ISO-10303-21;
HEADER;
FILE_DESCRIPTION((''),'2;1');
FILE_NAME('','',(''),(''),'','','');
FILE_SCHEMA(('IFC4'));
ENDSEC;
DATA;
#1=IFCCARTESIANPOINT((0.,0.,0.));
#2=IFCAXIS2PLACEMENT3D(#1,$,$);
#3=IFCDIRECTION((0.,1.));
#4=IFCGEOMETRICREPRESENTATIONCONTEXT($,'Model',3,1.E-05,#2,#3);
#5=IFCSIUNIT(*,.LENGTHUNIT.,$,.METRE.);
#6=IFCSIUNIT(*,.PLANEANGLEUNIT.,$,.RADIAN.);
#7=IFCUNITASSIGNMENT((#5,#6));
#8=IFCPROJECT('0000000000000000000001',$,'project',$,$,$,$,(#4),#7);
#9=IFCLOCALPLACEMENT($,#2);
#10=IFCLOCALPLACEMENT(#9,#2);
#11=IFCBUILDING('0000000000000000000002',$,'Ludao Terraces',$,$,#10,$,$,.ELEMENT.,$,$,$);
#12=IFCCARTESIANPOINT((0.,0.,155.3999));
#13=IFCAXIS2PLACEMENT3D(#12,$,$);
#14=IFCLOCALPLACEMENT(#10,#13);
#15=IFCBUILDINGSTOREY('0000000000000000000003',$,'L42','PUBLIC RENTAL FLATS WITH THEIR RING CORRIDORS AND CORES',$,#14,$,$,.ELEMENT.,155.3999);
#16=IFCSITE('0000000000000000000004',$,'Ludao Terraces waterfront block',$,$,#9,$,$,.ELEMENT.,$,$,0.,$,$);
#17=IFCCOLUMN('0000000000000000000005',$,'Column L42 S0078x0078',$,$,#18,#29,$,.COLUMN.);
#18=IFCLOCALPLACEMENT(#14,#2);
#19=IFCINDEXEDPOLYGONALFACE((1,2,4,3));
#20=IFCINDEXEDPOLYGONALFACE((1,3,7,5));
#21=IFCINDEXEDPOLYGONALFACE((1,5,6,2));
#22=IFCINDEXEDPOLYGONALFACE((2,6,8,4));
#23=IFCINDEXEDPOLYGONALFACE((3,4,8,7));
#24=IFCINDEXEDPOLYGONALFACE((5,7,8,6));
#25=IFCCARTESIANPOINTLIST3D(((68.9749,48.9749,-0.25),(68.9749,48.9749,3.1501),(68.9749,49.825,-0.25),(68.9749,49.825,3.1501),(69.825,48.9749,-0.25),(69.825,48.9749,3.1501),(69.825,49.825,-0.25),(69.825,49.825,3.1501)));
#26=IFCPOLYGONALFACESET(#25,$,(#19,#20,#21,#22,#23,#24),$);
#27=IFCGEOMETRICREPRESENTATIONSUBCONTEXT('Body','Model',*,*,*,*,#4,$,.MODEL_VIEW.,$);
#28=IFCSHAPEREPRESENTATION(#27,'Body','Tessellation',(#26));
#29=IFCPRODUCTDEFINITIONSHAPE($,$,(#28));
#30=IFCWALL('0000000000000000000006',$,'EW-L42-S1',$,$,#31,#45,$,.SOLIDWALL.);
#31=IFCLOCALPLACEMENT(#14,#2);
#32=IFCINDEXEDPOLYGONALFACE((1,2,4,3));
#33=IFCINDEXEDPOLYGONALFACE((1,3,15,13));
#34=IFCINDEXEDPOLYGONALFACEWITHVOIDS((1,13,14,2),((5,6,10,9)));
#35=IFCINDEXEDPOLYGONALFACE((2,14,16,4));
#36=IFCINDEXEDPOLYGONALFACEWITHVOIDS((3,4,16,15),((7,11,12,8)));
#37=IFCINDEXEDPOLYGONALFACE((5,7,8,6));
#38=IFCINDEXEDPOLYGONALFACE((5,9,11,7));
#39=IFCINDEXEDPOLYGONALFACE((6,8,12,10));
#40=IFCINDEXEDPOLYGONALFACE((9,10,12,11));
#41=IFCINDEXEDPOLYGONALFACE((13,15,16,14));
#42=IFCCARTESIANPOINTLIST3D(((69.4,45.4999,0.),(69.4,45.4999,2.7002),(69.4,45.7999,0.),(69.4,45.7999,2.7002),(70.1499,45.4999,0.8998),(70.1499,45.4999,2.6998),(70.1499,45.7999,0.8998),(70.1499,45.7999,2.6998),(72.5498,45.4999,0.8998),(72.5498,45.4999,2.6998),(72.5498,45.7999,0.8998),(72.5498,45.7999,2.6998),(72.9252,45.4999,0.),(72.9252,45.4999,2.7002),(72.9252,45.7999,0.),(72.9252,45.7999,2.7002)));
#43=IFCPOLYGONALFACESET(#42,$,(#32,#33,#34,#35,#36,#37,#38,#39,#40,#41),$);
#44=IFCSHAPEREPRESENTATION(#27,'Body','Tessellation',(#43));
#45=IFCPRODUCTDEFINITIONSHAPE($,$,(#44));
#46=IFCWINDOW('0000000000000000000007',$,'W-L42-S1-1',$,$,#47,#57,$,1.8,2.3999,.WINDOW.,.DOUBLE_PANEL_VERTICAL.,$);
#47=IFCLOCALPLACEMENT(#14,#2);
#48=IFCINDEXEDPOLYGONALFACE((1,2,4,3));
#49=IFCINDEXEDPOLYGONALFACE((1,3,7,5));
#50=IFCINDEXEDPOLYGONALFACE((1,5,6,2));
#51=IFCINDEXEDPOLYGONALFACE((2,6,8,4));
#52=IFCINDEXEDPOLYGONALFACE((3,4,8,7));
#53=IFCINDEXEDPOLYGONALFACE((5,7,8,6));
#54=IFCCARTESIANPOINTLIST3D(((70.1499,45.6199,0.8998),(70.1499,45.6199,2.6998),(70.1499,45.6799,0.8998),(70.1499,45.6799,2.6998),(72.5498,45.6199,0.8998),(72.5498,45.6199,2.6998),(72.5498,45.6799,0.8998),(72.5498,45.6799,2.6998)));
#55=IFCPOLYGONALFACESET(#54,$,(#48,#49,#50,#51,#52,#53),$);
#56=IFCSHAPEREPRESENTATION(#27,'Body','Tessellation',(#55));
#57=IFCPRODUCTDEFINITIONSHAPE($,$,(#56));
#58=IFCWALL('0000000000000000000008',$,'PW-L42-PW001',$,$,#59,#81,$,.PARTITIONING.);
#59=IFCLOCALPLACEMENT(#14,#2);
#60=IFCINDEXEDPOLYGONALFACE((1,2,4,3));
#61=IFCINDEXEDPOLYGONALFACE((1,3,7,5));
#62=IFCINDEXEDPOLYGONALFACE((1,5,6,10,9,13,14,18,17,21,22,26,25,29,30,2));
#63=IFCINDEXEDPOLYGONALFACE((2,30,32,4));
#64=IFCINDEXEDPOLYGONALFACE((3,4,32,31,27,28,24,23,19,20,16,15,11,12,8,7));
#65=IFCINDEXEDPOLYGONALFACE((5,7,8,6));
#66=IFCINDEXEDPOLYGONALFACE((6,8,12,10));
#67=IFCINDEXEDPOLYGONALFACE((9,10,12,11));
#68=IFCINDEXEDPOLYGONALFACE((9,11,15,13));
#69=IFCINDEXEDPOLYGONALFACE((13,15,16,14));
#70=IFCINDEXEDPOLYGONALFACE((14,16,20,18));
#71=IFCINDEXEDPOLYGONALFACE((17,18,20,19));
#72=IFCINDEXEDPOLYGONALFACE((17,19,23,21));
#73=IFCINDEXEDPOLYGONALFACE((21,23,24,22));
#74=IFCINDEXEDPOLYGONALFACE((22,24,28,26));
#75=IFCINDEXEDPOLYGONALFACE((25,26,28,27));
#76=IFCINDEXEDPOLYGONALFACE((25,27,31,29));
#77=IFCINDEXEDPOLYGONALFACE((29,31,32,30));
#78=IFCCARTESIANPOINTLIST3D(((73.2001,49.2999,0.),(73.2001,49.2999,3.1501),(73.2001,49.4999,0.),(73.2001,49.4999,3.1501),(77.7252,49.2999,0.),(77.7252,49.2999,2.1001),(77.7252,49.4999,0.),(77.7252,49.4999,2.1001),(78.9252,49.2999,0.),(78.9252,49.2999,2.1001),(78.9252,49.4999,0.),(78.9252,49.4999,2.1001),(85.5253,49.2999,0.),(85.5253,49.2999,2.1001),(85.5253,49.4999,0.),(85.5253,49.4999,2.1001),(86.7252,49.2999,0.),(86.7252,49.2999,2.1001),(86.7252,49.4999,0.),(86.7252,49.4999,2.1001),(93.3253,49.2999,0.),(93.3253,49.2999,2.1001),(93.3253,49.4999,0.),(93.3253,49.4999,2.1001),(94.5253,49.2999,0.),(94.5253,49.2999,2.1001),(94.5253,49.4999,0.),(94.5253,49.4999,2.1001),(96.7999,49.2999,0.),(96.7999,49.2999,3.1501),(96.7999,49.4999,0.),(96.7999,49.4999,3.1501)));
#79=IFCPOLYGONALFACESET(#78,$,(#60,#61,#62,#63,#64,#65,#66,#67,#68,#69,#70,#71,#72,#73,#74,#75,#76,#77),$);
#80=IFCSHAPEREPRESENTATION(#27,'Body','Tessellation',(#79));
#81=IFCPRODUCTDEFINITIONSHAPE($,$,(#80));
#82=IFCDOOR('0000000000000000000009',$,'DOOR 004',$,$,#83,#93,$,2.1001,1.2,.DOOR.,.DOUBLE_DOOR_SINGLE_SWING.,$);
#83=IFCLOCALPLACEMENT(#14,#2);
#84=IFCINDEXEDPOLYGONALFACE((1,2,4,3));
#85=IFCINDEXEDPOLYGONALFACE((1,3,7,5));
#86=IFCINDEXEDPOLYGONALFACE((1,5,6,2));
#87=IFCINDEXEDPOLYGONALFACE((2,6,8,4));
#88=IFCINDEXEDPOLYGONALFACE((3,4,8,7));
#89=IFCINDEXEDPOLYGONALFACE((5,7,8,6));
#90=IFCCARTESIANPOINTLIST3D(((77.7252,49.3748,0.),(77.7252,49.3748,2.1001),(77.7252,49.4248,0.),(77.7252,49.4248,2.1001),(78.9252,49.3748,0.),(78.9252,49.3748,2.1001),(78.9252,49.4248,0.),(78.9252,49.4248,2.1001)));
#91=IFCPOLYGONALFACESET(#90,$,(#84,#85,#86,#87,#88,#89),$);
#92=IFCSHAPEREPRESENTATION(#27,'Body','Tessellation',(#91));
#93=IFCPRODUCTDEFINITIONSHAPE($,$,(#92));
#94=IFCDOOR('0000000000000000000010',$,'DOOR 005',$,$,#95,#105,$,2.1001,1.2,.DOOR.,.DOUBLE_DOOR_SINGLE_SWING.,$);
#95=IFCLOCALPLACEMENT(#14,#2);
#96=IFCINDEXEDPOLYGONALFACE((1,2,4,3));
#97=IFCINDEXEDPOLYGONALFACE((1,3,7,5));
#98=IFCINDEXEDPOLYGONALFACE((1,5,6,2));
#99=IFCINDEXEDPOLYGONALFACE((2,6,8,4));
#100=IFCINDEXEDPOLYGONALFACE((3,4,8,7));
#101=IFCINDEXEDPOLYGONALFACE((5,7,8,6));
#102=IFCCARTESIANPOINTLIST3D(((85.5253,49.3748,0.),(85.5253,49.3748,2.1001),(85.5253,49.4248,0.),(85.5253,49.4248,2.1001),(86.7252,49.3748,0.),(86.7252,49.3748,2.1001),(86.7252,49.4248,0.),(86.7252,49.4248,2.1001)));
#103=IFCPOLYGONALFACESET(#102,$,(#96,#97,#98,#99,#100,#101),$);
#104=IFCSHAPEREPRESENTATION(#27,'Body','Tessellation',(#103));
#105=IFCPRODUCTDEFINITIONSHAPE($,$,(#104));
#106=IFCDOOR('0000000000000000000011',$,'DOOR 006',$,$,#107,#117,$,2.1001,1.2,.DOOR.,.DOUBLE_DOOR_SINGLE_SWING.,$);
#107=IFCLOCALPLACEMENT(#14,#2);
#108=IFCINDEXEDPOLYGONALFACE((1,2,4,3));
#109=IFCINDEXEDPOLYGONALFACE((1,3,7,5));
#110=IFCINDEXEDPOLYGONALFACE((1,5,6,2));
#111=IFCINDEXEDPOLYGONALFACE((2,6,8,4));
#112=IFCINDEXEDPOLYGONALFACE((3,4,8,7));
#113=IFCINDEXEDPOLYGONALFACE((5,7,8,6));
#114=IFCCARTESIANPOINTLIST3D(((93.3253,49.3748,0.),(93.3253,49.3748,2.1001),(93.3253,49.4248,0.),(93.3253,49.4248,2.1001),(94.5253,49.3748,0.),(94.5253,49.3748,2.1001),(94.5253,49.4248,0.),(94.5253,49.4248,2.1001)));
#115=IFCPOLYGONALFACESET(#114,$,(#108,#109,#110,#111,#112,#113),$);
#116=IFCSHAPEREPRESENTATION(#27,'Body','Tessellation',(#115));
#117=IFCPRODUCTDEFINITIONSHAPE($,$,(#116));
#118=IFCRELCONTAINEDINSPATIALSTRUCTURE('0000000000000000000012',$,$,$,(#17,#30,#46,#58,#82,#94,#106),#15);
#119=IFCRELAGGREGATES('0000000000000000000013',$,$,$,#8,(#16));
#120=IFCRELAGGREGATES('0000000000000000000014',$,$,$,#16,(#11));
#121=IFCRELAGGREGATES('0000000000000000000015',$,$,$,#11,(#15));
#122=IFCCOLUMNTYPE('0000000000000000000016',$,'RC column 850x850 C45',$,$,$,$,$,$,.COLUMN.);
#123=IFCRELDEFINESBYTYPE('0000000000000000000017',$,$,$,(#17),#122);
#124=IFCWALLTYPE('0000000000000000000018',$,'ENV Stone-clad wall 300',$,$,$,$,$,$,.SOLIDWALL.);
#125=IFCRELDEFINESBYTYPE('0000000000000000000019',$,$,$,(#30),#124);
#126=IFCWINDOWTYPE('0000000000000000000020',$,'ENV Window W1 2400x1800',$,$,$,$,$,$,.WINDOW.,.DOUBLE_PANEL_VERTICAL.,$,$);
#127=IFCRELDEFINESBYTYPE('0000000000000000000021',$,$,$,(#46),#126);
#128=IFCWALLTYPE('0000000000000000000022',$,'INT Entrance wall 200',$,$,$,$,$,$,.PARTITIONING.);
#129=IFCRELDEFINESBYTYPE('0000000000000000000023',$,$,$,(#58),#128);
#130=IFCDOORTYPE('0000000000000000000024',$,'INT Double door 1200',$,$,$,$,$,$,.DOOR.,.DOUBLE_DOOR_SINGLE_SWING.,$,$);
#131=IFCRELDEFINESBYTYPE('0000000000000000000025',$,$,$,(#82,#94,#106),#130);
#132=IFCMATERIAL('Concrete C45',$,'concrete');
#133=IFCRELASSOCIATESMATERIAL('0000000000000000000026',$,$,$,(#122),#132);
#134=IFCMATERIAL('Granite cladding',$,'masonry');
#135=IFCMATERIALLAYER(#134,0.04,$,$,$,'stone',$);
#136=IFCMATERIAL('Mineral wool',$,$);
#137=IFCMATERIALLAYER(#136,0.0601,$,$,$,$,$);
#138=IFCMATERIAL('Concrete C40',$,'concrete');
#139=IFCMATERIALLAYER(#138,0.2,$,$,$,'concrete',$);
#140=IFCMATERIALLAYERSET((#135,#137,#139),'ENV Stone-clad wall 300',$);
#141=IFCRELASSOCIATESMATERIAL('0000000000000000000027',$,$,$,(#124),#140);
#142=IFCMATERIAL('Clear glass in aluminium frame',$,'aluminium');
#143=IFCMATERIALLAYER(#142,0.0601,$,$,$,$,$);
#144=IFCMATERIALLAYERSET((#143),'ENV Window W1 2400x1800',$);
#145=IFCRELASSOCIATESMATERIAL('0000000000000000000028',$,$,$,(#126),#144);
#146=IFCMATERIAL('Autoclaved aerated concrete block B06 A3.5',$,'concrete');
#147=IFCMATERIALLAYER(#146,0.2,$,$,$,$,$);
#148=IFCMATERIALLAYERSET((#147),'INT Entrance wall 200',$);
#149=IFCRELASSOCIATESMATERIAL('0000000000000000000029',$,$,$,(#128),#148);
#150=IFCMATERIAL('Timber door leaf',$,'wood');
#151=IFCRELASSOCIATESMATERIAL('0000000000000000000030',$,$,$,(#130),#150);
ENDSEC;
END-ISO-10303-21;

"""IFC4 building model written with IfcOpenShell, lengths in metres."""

from ifc_helpers import new_model, si_unit, direction, frame, frame_2d, origin, origin_2d, place, context, subcontext, project, spatial, rectangle, extrude, material, layer, layer_set, material_profile, profile_set, type_object, element, fill, save


model = new_model("IFC4")

# Units and contexts
model_context = context("Model", 3, precision=1e-05, world=origin(), true_north=direction((0.0, 1.0)))
body_context = subcontext(model_context, "Body", "Model", "MODEL_VIEW")
ifc_project = project(units=[si_unit("LENGTHUNIT", "METRE"), si_unit("PLANEANGLEUNIT", "RADIAN")], contexts=[model_context])

# Site, building, storey
site_placement = place(None, origin())
site = spatial("IfcSite", under=ifc_project, at=site_placement, Name="Ludao Terraces waterfront block", CompositionType="ELEMENT", RefElevation=0.0)
building_placement = place(site_placement, origin())
building = spatial("IfcBuilding", under=site, at=building_placement, Name="Ludao Terraces", CompositionType="ELEMENT")
storey_placement = place(building_placement, frame((0.0, 0.0, 155.3999)))
storey = spatial("IfcBuildingStorey", under=building, at=storey_placement, Name="L42", Description="PUBLIC RENTAL FLATS WITH THEIR RING CORRIDORS AND CORES", CompositionType="ELEMENT", Elevation=155.3999)

# Column
ifc_material_1 = material(Name="Concrete C45", Category="concrete")
ifc_material_profile = material_profile(ifc_material_1, rectangle(XDim=0.8501, YDim=0.8501, at=origin_2d()), Name="850 X 850")
ifc_profile_set = profile_set([ifc_material_profile], Name="Concrete C45")
column_type = type_object("IfcColumnType", Name="RC column 850x850 C45", PredefinedType="COLUMN", material=ifc_profile_set)
column_placement = place(storey_placement, frame((69.3999, 49.3999, -0.25), z_axis=(0.0, 0.0, 1.0), x_axis=(1.0, 0.0, 0.0)))
element("IfcColumn", 1, at=column_placement, inside=storey, type_object=column_type, Name="Column L42 S0078x0078", PredefinedType="COLUMN", context=body_context, shape_type="SweptSolid", body=[
    extrude(rectangle(XDim=0.8501, YDim=0.8501, at=origin_2d()), origin(), (0.0, 0.0, 1.0), 3.4001),
])

# Wall, opening, window
ifc_material_2 = material(Name="Granite cladding", Category="masonry")
ifc_layer_1 = layer(ifc_material_2, 0.04, Category="stone")
ifc_material_3 = material(Name="Mineral wool")
ifc_layer_2 = layer(ifc_material_3, 0.0601)
ifc_material_4 = material(Name="Concrete C40", Category="concrete")
ifc_layer_3 = layer(ifc_material_4, 0.2, Category="concrete")
ifc_layer_set_1 = layer_set([ifc_layer_1, ifc_layer_2, ifc_layer_3], Name="ENV Stone-clad wall 300")
wall_type_1 = type_object("IfcWallType", Name="ENV Stone-clad wall 300", PredefinedType="SOLIDWALL", material=ifc_layer_set_1)
wall_1_placement = place(storey_placement, frame((69.3999, 45.6499, 0.0), z_axis=(0.0, 0.0, 1.0), x_axis=(1.0, 0.0, 0.0)))
wall_1 = element("IfcWall", 2, at=wall_1_placement, inside=storey, type_object=wall_type_1, Name="EW-L42-S1", PredefinedType="SOLIDWALL", context=body_context, shape_type="SweptSolid", body=[
    extrude(rectangle(XDim=3.5251, YDim=0.3, at=frame_2d((1.7627, 0.0))), origin(), (0.0, 0.0, 1.0), 2.7002),
])
opening_1_placement = place(wall_1_placement, frame((0.75, 0.0, 0.8999)))
opening_1 = element("IfcOpeningElement", 3, at=opening_1_placement, cuts=wall_1, PredefinedType="OPENING", context=body_context, shape_type="SweptSolid", body=[
    extrude(rectangle(XDim=2.3999, YDim=1.8, at=frame_2d((1.2, 0.8999))), frame((0.0, 0.1602, 0.0), z_axis=(0.0, -1.0, 0.0), x_axis=(1.0, 0.0, 0.0)), (0.0, 0.0, 1.0), 0.3201),
])
ifc_material_5 = material(Name="Clear glass in aluminium frame", Category="aluminium")
ifc_layer_4 = layer(ifc_material_5, 0.0601)
ifc_layer_set_2 = layer_set([ifc_layer_4], Name="ENV Window W1 2400x1800")
window_type = type_object("IfcWindowType", Name="ENV Window W1 2400x1800", PartitioningType="DOUBLE_PANEL_VERTICAL", PredefinedType="WINDOW", material=ifc_layer_set_2)
window_placement = place(opening_1_placement, origin())
window = element("IfcWindow", 4, at=window_placement, inside=storey, type_object=window_type, Name="W-L42-S1-1", OverallHeight=1.8, OverallWidth=2.3999, PartitioningType="DOUBLE_PANEL_VERTICAL", PredefinedType="WINDOW", context=body_context, shape_type="SweptSolid", body=[
    extrude(rectangle(XDim=2.3999, YDim=1.8, at=frame_2d((1.2, 0.8999))), frame((0.0, 0.03, 0.0), z_axis=(0.0, -1.0, 0.0), x_axis=(1.0, 0.0, 0.0)), (0.0, 0.0, 1.0), 0.0601),
])
fill(opening_1, window)

# Wall, openings, doors
ifc_material_6 = material(Name="Autoclaved aerated concrete block B06 A3.5", Category="concrete")
ifc_layer_5 = layer(ifc_material_6, 0.2)
ifc_layer_set_3 = layer_set([ifc_layer_5], Name="INT Entrance wall 200")
wall_type_2 = type_object("IfcWallType", Name="INT Entrance wall 200", PredefinedType="PARTITIONING", material=ifc_layer_set_3)
wall_2_placement = place(storey_placement, frame((73.2002, 49.3999, 0.0), z_axis=(0.0, 0.0, 1.0), x_axis=(1.0, 0.0, 0.0)))
wall_2 = element("IfcWall", 5, at=wall_2_placement, inside=storey, type_object=wall_type_2, Name="PW-L42-PW001", PredefinedType="PARTITIONING", context=body_context, shape_type="SweptSolid", body=[
    extrude(rectangle(XDim=23.5999, YDim=0.2, at=frame_2d((11.7998, 0.0))), origin(), (0.0, 0.0, 1.0), 3.1501),
])
opening_2_placement = place(wall_2_placement, frame((4.5249, 0.0, 0.0)))
opening_2 = element("IfcOpeningElement", 6, at=opening_2_placement, cuts=wall_2, PredefinedType="OPENING", context=body_context, shape_type="SweptSolid", body=[
    extrude(rectangle(XDim=1.2, YDim=2.1001, at=frame_2d((0.6001, 1.05))), frame((0.0, 0.1099, 0.0), z_axis=(0.0, -1.0, 0.0), x_axis=(1.0, 0.0, 0.0)), (0.0, 0.0, 1.0), 0.22),
])
opening_3_placement = place(wall_2_placement, frame((12.325, 0.0, 0.0)))
opening_3 = element("IfcOpeningElement", 7, at=opening_3_placement, cuts=wall_2, PredefinedType="OPENING", context=body_context, shape_type="SweptSolid", body=[
    extrude(rectangle(XDim=1.2, YDim=2.1001, at=frame_2d((0.6001, 1.05))), frame((0.0, 0.1099, 0.0), z_axis=(0.0, -1.0, 0.0), x_axis=(1.0, 0.0, 0.0)), (0.0, 0.0, 1.0), 0.22),
])
opening_4_placement = place(wall_2_placement, frame((20.125, 0.0, 0.0)))
opening_4 = element("IfcOpeningElement", 8, at=opening_4_placement, cuts=wall_2, PredefinedType="OPENING", context=body_context, shape_type="SweptSolid", body=[
    extrude(rectangle(XDim=1.2, YDim=2.1001, at=frame_2d((0.6001, 1.05))), frame((0.0, 0.1099, 0.0), z_axis=(0.0, -1.0, 0.0), x_axis=(1.0, 0.0, 0.0)), (0.0, 0.0, 1.0), 0.22),
])
ifc_material_7 = material(Name="Timber door leaf", Category="wood")
door_type_1 = type_object("IfcDoorType", Name="INT Double door 1200", OperationType="DOUBLE_DOOR_SINGLE_SWING", PredefinedType="DOOR", material=ifc_material_7)
door_1_placement = place(opening_2_placement, origin())
door_1 = element("IfcDoor", 9, at=door_1_placement, inside=storey, type_object=door_type_1, Name="DOOR 004", OperationType="DOUBLE_DOOR_SINGLE_SWING", OverallHeight=2.1001, OverallWidth=1.2, PredefinedType="DOOR", context=body_context, shape_type="SweptSolid", body=[
    extrude(rectangle(XDim=1.2, YDim=2.1001, at=frame_2d((0.6001, 1.05))), frame((0.0, 0.0249, 0.0), z_axis=(0.0, -1.0, 0.0), x_axis=(1.0, 0.0, 0.0)), (0.0, 0.0, 1.0), 0.05),
])
fill(opening_2, door_1)
door_2_placement = place(opening_3_placement, origin())
door_2 = element("IfcDoor", 10, at=door_2_placement, inside=storey, type_object=door_type_1, Name="DOOR 005", OperationType="DOUBLE_DOOR_SINGLE_SWING", OverallHeight=2.1001, OverallWidth=1.2, PredefinedType="DOOR", context=body_context, shape_type="SweptSolid", body=[
    extrude(rectangle(XDim=1.2, YDim=2.1001, at=frame_2d((0.6001, 1.05))), frame((0.0, 0.0249, 0.0), z_axis=(0.0, -1.0, 0.0), x_axis=(1.0, 0.0, 0.0)), (0.0, 0.0, 1.0), 0.05),
])
fill(opening_3, door_2)
door_3_placement = place(opening_4_placement, origin())
door_3 = element("IfcDoor", 11, at=door_3_placement, inside=storey, type_object=door_type_1, Name="DOOR 006", OperationType="DOUBLE_DOOR_SINGLE_SWING", OverallHeight=2.1001, OverallWidth=1.2, PredefinedType="DOOR", context=body_context, shape_type="SweptSolid", body=[
    extrude(rectangle(XDim=1.2, YDim=2.1001, at=frame_2d((0.6001, 1.05))), frame((0.0, 0.0249, 0.0), z_axis=(0.0, -1.0, 0.0), x_axis=(1.0, 0.0, 0.0)), (0.0, 0.0, 1.0), 0.05),
])
fill(opening_4, door_3)

save(model, "model.ifc")
